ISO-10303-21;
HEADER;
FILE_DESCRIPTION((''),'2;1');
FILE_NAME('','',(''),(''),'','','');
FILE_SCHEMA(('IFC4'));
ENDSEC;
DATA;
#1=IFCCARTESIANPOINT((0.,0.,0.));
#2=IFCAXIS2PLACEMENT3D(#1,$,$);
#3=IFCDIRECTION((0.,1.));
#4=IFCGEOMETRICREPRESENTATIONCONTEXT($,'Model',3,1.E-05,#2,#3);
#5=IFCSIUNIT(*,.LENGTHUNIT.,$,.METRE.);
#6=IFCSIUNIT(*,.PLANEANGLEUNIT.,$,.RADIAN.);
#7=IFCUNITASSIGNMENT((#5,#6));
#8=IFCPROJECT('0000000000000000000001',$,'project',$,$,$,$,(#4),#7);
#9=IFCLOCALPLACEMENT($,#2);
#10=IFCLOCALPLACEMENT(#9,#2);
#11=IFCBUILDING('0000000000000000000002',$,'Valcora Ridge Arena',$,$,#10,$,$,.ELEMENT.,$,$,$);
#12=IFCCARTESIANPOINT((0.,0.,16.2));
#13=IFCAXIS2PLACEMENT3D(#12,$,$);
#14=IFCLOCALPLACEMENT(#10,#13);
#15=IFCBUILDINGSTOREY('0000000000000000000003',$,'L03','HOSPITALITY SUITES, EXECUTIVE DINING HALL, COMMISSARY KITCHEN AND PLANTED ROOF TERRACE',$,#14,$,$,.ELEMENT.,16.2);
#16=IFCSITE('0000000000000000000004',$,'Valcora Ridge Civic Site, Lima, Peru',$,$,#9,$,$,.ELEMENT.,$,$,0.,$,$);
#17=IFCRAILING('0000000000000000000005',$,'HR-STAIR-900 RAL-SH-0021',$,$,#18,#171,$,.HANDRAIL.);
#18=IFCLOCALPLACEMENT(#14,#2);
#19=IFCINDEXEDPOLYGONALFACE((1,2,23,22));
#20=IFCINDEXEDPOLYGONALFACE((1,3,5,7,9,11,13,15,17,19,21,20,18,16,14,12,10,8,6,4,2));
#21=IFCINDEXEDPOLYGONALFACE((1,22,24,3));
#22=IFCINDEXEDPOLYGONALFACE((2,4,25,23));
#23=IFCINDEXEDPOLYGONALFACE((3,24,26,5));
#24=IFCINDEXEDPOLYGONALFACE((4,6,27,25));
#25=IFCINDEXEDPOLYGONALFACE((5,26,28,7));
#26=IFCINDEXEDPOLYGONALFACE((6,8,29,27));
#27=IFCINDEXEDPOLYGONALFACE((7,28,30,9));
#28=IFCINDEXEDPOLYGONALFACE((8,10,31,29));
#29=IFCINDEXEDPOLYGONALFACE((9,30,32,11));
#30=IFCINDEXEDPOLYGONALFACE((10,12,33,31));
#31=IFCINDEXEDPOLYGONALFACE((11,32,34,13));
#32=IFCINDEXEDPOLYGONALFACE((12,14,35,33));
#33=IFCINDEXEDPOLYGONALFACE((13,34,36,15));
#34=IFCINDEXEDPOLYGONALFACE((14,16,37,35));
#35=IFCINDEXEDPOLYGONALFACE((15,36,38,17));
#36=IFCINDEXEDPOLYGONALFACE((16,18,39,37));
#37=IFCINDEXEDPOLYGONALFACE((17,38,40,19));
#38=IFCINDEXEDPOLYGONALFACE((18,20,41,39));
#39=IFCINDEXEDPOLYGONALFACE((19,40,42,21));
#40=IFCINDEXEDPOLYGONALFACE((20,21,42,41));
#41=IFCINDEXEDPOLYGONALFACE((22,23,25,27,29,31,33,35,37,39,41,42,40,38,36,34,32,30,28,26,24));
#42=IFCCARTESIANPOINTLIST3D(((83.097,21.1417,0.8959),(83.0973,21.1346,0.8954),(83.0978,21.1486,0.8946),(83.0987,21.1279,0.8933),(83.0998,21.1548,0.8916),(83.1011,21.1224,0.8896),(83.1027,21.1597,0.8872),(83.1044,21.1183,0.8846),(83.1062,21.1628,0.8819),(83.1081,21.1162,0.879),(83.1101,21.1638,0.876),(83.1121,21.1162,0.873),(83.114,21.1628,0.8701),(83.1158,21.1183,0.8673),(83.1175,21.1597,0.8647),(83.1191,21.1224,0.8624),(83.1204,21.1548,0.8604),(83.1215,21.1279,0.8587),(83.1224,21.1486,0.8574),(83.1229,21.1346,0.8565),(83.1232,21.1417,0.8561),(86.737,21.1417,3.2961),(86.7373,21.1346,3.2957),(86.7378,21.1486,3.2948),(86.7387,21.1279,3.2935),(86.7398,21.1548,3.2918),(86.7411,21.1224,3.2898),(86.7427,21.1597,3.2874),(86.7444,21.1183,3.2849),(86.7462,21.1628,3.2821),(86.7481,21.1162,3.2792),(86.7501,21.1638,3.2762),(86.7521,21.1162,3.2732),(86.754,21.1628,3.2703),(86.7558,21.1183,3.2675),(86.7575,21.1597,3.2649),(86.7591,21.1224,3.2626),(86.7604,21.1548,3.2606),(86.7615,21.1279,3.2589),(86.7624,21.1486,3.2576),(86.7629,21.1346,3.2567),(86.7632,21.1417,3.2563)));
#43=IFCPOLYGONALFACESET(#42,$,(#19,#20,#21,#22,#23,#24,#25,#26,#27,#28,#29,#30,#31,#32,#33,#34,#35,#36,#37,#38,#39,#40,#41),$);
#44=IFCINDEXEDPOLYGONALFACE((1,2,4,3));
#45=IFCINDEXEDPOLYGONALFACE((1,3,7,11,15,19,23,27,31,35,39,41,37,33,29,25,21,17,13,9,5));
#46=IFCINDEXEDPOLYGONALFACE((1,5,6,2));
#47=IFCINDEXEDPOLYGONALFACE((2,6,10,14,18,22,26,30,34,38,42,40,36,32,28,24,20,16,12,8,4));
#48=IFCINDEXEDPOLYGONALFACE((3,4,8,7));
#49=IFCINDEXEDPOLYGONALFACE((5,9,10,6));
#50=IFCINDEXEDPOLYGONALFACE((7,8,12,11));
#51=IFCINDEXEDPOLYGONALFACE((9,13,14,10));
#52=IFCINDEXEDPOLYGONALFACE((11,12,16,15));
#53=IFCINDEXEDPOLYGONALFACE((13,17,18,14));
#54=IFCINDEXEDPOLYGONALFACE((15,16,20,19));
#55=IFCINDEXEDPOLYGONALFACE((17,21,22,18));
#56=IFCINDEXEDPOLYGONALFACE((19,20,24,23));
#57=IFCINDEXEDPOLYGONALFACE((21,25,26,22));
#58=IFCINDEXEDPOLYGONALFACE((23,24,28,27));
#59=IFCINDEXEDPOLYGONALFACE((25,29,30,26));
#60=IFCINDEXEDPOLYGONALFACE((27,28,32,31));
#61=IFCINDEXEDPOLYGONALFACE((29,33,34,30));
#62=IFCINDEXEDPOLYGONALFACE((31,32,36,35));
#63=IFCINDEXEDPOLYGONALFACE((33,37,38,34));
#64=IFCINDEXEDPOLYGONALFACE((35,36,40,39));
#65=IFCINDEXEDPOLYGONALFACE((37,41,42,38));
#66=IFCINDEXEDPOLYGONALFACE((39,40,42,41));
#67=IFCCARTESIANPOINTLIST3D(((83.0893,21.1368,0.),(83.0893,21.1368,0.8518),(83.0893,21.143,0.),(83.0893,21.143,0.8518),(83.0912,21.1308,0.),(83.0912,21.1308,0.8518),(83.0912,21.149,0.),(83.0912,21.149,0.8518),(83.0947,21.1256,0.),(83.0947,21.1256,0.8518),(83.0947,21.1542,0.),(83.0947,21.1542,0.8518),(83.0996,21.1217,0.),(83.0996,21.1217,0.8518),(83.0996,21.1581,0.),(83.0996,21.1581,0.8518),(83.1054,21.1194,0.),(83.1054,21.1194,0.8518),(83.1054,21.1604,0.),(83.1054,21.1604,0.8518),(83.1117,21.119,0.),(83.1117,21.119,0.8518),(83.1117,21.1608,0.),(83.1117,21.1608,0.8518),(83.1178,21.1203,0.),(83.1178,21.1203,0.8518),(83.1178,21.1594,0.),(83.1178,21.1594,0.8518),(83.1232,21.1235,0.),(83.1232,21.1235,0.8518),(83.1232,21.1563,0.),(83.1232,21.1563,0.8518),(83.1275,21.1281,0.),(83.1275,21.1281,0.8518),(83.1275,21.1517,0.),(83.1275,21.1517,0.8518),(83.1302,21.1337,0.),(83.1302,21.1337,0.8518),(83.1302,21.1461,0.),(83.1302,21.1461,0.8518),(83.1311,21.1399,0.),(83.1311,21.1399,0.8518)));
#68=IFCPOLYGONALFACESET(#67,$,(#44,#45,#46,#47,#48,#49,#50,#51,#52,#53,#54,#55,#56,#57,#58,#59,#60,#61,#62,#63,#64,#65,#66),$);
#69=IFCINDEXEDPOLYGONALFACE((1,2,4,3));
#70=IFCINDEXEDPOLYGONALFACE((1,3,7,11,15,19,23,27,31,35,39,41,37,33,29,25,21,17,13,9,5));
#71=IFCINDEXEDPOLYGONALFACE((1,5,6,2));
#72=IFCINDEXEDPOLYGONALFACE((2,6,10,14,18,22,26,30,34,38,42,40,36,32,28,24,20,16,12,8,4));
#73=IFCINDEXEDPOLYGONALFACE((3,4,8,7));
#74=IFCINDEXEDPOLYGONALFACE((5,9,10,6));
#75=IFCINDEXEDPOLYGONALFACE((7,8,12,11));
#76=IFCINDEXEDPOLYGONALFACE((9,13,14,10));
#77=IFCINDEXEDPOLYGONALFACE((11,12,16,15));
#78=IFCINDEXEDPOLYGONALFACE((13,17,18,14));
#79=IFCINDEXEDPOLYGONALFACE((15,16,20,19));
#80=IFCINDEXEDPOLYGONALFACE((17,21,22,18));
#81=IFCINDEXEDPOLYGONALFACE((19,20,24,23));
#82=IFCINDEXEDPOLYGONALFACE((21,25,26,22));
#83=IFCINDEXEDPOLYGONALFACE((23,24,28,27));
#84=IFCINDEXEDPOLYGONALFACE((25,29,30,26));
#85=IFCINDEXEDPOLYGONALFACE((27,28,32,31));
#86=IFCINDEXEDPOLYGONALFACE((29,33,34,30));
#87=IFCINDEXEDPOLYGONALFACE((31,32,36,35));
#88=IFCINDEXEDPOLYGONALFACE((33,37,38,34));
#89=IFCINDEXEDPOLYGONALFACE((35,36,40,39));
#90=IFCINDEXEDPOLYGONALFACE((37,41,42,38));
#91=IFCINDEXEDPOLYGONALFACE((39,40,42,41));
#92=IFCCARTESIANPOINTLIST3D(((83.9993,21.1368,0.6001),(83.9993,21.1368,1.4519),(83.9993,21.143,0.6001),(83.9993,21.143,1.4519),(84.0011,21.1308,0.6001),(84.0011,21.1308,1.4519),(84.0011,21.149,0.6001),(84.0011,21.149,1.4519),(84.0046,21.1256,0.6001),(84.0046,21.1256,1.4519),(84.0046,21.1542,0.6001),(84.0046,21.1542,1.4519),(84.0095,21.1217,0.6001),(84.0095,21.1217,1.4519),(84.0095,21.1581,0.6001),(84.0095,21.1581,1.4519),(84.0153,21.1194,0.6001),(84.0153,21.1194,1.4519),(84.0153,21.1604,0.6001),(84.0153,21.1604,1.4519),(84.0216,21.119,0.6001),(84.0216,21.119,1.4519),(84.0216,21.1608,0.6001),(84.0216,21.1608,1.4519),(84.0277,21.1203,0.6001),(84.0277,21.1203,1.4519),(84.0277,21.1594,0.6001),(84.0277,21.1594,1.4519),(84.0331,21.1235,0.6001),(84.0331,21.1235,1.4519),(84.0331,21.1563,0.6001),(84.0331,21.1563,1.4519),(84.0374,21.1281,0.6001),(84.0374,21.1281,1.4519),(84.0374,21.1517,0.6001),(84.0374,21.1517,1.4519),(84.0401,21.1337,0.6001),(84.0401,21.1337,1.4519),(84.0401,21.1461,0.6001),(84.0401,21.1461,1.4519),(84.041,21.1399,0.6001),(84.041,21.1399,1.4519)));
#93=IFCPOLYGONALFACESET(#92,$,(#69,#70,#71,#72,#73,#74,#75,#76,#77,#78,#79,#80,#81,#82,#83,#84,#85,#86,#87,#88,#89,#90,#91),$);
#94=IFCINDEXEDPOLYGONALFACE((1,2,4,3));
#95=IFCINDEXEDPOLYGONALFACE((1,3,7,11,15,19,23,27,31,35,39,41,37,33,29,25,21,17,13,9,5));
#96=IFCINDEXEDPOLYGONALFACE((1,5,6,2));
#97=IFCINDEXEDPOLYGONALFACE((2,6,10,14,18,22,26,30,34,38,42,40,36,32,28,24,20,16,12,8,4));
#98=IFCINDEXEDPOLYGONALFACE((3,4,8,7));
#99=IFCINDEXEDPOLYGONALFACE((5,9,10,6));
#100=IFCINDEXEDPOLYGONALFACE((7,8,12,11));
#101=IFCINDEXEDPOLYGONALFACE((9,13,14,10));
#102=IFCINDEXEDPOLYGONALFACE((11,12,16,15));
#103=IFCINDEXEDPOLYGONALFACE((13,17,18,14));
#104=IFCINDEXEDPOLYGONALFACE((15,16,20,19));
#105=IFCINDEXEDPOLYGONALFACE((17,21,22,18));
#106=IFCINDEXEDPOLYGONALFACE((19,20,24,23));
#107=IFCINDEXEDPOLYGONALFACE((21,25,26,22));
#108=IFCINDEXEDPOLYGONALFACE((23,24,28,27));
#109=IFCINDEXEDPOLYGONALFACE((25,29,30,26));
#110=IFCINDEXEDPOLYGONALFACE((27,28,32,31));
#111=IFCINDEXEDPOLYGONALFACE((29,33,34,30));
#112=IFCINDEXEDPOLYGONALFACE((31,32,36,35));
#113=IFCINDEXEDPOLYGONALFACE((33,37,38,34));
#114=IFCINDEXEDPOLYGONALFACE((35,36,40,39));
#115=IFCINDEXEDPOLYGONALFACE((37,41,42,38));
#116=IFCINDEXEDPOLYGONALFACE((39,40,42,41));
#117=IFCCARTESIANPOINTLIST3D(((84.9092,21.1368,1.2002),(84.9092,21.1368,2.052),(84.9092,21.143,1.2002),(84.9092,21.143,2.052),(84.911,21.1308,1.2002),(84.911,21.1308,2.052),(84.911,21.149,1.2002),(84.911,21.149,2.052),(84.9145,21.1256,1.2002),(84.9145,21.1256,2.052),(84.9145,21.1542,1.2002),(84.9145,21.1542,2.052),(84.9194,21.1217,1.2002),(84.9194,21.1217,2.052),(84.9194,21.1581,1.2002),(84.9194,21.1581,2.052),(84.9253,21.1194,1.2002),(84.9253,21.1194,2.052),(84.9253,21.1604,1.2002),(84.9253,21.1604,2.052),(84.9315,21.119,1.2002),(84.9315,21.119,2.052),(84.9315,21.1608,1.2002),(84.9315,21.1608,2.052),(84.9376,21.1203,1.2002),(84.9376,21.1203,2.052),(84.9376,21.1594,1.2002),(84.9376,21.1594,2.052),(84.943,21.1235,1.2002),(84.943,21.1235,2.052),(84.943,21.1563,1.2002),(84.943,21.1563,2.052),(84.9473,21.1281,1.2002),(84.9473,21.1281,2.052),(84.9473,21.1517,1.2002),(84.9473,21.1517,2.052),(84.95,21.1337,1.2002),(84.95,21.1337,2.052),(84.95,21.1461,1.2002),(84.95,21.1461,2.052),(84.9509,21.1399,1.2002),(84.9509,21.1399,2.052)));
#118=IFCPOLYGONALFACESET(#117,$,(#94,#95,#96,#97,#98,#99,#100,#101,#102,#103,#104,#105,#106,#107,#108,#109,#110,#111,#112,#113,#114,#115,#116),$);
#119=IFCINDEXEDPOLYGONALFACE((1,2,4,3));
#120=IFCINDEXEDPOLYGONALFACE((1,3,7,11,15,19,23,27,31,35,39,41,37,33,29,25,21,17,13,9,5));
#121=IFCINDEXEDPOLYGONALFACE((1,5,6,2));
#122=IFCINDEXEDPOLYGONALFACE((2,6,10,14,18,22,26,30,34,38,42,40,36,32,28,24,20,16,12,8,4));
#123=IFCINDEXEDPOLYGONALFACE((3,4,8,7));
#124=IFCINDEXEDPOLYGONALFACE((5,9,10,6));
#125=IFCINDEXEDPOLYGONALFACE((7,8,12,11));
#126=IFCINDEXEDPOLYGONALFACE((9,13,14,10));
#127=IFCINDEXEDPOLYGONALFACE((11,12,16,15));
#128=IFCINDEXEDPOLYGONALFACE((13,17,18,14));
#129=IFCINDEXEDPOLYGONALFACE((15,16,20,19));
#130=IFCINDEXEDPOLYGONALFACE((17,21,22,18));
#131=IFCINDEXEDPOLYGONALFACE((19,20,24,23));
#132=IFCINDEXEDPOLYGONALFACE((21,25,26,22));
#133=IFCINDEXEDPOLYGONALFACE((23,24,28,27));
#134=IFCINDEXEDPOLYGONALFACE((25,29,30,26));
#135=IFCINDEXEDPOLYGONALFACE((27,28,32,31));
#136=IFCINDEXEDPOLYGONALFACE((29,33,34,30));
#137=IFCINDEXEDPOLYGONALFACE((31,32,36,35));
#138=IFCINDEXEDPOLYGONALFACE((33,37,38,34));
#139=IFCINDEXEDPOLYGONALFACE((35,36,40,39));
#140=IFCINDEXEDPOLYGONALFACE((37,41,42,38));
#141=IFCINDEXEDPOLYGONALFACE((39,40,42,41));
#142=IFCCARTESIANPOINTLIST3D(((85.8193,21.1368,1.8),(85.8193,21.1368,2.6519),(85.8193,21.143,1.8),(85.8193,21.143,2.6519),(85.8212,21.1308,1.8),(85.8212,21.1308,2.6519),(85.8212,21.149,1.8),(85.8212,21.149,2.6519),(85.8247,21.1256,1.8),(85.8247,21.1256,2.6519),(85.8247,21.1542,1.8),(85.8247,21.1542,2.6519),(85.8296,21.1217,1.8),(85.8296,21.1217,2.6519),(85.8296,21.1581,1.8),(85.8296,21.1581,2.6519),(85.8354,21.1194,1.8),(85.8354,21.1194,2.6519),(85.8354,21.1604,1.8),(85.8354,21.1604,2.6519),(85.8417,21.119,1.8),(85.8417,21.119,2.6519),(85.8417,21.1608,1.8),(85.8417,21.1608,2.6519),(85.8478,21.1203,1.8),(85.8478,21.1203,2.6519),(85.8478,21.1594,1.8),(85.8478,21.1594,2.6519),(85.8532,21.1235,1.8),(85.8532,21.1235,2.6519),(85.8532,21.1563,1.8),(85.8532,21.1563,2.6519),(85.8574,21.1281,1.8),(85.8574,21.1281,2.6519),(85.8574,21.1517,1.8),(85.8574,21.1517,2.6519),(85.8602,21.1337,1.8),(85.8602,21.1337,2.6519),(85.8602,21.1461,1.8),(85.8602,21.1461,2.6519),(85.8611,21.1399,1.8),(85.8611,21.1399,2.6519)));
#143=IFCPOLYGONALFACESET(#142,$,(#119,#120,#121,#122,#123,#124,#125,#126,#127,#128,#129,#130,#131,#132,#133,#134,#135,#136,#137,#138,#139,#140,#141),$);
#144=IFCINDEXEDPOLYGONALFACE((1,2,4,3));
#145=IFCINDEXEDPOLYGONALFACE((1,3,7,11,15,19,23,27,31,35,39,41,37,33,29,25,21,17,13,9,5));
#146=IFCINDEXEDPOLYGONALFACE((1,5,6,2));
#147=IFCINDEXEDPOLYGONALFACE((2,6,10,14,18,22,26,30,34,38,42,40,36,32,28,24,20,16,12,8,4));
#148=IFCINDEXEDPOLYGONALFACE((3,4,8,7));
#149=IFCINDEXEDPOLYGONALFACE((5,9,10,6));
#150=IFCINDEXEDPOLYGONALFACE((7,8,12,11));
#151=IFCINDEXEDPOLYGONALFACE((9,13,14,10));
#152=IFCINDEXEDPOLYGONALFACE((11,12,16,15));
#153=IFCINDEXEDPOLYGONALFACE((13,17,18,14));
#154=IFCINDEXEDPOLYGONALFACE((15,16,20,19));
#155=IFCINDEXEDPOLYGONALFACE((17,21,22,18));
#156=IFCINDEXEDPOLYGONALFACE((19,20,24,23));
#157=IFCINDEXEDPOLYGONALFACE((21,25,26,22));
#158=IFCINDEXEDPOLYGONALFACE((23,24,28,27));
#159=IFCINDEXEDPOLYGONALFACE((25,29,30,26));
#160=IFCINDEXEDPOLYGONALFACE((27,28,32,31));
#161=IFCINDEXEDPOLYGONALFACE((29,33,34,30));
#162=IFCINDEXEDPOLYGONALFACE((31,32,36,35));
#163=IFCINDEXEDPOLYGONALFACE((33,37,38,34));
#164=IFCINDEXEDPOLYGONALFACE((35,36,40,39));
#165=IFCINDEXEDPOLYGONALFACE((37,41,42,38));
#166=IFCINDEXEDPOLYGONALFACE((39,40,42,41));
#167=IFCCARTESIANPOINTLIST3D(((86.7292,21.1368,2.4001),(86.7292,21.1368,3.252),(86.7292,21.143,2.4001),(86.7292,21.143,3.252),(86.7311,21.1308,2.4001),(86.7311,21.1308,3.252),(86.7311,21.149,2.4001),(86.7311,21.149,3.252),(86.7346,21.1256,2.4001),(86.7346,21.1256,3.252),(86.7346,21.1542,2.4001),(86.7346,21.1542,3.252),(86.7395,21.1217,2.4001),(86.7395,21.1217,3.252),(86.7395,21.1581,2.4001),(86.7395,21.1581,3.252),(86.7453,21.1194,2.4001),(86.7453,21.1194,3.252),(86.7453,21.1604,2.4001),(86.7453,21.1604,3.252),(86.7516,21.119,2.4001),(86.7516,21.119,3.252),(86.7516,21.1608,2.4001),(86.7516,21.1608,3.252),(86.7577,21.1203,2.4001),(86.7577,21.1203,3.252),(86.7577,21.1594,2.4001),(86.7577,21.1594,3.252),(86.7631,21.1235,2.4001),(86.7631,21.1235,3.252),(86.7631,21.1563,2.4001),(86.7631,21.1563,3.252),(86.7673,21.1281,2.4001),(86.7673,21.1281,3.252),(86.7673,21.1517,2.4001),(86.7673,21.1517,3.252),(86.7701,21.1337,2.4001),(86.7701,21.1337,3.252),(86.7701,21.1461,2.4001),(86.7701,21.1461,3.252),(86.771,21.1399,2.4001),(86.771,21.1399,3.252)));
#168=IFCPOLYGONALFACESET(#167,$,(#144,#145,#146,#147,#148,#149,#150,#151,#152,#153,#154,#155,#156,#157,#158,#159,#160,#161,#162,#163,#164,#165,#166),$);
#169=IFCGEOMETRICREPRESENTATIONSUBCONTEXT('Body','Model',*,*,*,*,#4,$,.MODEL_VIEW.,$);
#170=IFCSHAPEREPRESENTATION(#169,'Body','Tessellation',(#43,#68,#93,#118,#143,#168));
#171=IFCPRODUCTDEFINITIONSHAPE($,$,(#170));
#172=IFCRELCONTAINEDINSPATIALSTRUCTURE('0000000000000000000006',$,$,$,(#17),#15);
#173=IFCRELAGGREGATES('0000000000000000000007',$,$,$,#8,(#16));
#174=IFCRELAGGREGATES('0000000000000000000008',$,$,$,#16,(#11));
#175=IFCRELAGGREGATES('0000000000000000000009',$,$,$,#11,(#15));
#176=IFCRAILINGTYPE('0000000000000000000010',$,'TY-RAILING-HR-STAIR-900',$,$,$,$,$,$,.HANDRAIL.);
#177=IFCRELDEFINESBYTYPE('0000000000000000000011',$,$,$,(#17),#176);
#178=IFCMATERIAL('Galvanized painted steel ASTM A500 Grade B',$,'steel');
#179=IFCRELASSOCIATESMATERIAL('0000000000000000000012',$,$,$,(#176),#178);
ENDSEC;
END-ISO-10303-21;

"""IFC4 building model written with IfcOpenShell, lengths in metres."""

from ifc_helpers import new_model, si_unit, direction, frame, origin, origin_2d, place, context, subcontext, project, spatial, circle, extrude, material, type_object, element, save


model = new_model("IFC4")

# Units and contexts
model_context = context("Model", 3, precision=1e-05, world=origin(), true_north=direction((0.0, 1.0)))
body_context = subcontext(model_context, "Body", "Model", "MODEL_VIEW")
ifc_project = project(units=[si_unit("LENGTHUNIT", "METRE"), si_unit("PLANEANGLEUNIT", "RADIAN")], contexts=[model_context])

# Site, building, storey
site_placement = place(None, origin())
site = spatial("IfcSite", under=ifc_project, at=site_placement, Name="Valcora Ridge Civic Site, Lima, Peru", CompositionType="ELEMENT", RefElevation=0.0)
building_placement = place(site_placement, origin())
building = spatial("IfcBuilding", under=site, at=building_placement, Name="Valcora Ridge Arena", CompositionType="ELEMENT")
storey_placement = place(building_placement, frame((0.0, 0.0, 16.2)))
storey = spatial("IfcBuildingStorey", under=building, at=storey_placement, Name="L03", Description="HOSPITALITY SUITES, EXECUTIVE DINING HALL, COMMISSARY KITCHEN AND PLANTED ROOF TERRACE", CompositionType="ELEMENT", Elevation=16.2)

# Railing
ifc_material_1 = material(Name="Galvanized painted steel ASTM A500 Grade B", Category="steel")
railing_type_1 = type_object("IfcRailingType", Name="TY-RAILING-HR-STAIR-900", PredefinedType="HANDRAIL", material=ifc_material_1)
railing_1_placement = place(storey_placement, frame((83.1101, 21.1399, 0.0)))
element("IfcRailing", 1, at=railing_1_placement, inside=storey, type_object=railing_type_1, Name="HR-STAIR-900 RAL-SH-0021", PredefinedType="HANDRAIL", context=body_context, shape_type="SweptSolid", body=[
    extrude(circle(Radius=0.0239, at=origin_2d()), frame((0.0, 0.0, 0.876), z_axis=(0.834839, 0.0, 0.550493), x_axis=(0.0, 1.0, 0.0)), (0.0, 0.0, 1.0), 4.3601),
    extrude(circle(Radius=0.021, at=origin_2d()), origin(), (0.0, 0.0, 1.0), 0.8518),
    extrude(circle(Radius=0.021, at=origin_2d()), frame((0.9099, 0.0, 0.6001)), (0.0, 0.0, 1.0), 0.8518),
    extrude(circle(Radius=0.021, at=origin_2d()), frame((1.8198, 0.0, 1.2002)), (0.0, 0.0, 1.0), 0.8518),
    extrude(circle(Radius=0.021, at=origin_2d()), frame((2.73, 0.0, 1.8)), (0.0, 0.0, 1.0), 0.8518),
    extrude(circle(Radius=0.021, at=origin_2d()), frame((3.6399, 0.0, 2.4001)), (0.0, 0.0, 1.0), 0.8518),
])

save(model, "model.ifc")
